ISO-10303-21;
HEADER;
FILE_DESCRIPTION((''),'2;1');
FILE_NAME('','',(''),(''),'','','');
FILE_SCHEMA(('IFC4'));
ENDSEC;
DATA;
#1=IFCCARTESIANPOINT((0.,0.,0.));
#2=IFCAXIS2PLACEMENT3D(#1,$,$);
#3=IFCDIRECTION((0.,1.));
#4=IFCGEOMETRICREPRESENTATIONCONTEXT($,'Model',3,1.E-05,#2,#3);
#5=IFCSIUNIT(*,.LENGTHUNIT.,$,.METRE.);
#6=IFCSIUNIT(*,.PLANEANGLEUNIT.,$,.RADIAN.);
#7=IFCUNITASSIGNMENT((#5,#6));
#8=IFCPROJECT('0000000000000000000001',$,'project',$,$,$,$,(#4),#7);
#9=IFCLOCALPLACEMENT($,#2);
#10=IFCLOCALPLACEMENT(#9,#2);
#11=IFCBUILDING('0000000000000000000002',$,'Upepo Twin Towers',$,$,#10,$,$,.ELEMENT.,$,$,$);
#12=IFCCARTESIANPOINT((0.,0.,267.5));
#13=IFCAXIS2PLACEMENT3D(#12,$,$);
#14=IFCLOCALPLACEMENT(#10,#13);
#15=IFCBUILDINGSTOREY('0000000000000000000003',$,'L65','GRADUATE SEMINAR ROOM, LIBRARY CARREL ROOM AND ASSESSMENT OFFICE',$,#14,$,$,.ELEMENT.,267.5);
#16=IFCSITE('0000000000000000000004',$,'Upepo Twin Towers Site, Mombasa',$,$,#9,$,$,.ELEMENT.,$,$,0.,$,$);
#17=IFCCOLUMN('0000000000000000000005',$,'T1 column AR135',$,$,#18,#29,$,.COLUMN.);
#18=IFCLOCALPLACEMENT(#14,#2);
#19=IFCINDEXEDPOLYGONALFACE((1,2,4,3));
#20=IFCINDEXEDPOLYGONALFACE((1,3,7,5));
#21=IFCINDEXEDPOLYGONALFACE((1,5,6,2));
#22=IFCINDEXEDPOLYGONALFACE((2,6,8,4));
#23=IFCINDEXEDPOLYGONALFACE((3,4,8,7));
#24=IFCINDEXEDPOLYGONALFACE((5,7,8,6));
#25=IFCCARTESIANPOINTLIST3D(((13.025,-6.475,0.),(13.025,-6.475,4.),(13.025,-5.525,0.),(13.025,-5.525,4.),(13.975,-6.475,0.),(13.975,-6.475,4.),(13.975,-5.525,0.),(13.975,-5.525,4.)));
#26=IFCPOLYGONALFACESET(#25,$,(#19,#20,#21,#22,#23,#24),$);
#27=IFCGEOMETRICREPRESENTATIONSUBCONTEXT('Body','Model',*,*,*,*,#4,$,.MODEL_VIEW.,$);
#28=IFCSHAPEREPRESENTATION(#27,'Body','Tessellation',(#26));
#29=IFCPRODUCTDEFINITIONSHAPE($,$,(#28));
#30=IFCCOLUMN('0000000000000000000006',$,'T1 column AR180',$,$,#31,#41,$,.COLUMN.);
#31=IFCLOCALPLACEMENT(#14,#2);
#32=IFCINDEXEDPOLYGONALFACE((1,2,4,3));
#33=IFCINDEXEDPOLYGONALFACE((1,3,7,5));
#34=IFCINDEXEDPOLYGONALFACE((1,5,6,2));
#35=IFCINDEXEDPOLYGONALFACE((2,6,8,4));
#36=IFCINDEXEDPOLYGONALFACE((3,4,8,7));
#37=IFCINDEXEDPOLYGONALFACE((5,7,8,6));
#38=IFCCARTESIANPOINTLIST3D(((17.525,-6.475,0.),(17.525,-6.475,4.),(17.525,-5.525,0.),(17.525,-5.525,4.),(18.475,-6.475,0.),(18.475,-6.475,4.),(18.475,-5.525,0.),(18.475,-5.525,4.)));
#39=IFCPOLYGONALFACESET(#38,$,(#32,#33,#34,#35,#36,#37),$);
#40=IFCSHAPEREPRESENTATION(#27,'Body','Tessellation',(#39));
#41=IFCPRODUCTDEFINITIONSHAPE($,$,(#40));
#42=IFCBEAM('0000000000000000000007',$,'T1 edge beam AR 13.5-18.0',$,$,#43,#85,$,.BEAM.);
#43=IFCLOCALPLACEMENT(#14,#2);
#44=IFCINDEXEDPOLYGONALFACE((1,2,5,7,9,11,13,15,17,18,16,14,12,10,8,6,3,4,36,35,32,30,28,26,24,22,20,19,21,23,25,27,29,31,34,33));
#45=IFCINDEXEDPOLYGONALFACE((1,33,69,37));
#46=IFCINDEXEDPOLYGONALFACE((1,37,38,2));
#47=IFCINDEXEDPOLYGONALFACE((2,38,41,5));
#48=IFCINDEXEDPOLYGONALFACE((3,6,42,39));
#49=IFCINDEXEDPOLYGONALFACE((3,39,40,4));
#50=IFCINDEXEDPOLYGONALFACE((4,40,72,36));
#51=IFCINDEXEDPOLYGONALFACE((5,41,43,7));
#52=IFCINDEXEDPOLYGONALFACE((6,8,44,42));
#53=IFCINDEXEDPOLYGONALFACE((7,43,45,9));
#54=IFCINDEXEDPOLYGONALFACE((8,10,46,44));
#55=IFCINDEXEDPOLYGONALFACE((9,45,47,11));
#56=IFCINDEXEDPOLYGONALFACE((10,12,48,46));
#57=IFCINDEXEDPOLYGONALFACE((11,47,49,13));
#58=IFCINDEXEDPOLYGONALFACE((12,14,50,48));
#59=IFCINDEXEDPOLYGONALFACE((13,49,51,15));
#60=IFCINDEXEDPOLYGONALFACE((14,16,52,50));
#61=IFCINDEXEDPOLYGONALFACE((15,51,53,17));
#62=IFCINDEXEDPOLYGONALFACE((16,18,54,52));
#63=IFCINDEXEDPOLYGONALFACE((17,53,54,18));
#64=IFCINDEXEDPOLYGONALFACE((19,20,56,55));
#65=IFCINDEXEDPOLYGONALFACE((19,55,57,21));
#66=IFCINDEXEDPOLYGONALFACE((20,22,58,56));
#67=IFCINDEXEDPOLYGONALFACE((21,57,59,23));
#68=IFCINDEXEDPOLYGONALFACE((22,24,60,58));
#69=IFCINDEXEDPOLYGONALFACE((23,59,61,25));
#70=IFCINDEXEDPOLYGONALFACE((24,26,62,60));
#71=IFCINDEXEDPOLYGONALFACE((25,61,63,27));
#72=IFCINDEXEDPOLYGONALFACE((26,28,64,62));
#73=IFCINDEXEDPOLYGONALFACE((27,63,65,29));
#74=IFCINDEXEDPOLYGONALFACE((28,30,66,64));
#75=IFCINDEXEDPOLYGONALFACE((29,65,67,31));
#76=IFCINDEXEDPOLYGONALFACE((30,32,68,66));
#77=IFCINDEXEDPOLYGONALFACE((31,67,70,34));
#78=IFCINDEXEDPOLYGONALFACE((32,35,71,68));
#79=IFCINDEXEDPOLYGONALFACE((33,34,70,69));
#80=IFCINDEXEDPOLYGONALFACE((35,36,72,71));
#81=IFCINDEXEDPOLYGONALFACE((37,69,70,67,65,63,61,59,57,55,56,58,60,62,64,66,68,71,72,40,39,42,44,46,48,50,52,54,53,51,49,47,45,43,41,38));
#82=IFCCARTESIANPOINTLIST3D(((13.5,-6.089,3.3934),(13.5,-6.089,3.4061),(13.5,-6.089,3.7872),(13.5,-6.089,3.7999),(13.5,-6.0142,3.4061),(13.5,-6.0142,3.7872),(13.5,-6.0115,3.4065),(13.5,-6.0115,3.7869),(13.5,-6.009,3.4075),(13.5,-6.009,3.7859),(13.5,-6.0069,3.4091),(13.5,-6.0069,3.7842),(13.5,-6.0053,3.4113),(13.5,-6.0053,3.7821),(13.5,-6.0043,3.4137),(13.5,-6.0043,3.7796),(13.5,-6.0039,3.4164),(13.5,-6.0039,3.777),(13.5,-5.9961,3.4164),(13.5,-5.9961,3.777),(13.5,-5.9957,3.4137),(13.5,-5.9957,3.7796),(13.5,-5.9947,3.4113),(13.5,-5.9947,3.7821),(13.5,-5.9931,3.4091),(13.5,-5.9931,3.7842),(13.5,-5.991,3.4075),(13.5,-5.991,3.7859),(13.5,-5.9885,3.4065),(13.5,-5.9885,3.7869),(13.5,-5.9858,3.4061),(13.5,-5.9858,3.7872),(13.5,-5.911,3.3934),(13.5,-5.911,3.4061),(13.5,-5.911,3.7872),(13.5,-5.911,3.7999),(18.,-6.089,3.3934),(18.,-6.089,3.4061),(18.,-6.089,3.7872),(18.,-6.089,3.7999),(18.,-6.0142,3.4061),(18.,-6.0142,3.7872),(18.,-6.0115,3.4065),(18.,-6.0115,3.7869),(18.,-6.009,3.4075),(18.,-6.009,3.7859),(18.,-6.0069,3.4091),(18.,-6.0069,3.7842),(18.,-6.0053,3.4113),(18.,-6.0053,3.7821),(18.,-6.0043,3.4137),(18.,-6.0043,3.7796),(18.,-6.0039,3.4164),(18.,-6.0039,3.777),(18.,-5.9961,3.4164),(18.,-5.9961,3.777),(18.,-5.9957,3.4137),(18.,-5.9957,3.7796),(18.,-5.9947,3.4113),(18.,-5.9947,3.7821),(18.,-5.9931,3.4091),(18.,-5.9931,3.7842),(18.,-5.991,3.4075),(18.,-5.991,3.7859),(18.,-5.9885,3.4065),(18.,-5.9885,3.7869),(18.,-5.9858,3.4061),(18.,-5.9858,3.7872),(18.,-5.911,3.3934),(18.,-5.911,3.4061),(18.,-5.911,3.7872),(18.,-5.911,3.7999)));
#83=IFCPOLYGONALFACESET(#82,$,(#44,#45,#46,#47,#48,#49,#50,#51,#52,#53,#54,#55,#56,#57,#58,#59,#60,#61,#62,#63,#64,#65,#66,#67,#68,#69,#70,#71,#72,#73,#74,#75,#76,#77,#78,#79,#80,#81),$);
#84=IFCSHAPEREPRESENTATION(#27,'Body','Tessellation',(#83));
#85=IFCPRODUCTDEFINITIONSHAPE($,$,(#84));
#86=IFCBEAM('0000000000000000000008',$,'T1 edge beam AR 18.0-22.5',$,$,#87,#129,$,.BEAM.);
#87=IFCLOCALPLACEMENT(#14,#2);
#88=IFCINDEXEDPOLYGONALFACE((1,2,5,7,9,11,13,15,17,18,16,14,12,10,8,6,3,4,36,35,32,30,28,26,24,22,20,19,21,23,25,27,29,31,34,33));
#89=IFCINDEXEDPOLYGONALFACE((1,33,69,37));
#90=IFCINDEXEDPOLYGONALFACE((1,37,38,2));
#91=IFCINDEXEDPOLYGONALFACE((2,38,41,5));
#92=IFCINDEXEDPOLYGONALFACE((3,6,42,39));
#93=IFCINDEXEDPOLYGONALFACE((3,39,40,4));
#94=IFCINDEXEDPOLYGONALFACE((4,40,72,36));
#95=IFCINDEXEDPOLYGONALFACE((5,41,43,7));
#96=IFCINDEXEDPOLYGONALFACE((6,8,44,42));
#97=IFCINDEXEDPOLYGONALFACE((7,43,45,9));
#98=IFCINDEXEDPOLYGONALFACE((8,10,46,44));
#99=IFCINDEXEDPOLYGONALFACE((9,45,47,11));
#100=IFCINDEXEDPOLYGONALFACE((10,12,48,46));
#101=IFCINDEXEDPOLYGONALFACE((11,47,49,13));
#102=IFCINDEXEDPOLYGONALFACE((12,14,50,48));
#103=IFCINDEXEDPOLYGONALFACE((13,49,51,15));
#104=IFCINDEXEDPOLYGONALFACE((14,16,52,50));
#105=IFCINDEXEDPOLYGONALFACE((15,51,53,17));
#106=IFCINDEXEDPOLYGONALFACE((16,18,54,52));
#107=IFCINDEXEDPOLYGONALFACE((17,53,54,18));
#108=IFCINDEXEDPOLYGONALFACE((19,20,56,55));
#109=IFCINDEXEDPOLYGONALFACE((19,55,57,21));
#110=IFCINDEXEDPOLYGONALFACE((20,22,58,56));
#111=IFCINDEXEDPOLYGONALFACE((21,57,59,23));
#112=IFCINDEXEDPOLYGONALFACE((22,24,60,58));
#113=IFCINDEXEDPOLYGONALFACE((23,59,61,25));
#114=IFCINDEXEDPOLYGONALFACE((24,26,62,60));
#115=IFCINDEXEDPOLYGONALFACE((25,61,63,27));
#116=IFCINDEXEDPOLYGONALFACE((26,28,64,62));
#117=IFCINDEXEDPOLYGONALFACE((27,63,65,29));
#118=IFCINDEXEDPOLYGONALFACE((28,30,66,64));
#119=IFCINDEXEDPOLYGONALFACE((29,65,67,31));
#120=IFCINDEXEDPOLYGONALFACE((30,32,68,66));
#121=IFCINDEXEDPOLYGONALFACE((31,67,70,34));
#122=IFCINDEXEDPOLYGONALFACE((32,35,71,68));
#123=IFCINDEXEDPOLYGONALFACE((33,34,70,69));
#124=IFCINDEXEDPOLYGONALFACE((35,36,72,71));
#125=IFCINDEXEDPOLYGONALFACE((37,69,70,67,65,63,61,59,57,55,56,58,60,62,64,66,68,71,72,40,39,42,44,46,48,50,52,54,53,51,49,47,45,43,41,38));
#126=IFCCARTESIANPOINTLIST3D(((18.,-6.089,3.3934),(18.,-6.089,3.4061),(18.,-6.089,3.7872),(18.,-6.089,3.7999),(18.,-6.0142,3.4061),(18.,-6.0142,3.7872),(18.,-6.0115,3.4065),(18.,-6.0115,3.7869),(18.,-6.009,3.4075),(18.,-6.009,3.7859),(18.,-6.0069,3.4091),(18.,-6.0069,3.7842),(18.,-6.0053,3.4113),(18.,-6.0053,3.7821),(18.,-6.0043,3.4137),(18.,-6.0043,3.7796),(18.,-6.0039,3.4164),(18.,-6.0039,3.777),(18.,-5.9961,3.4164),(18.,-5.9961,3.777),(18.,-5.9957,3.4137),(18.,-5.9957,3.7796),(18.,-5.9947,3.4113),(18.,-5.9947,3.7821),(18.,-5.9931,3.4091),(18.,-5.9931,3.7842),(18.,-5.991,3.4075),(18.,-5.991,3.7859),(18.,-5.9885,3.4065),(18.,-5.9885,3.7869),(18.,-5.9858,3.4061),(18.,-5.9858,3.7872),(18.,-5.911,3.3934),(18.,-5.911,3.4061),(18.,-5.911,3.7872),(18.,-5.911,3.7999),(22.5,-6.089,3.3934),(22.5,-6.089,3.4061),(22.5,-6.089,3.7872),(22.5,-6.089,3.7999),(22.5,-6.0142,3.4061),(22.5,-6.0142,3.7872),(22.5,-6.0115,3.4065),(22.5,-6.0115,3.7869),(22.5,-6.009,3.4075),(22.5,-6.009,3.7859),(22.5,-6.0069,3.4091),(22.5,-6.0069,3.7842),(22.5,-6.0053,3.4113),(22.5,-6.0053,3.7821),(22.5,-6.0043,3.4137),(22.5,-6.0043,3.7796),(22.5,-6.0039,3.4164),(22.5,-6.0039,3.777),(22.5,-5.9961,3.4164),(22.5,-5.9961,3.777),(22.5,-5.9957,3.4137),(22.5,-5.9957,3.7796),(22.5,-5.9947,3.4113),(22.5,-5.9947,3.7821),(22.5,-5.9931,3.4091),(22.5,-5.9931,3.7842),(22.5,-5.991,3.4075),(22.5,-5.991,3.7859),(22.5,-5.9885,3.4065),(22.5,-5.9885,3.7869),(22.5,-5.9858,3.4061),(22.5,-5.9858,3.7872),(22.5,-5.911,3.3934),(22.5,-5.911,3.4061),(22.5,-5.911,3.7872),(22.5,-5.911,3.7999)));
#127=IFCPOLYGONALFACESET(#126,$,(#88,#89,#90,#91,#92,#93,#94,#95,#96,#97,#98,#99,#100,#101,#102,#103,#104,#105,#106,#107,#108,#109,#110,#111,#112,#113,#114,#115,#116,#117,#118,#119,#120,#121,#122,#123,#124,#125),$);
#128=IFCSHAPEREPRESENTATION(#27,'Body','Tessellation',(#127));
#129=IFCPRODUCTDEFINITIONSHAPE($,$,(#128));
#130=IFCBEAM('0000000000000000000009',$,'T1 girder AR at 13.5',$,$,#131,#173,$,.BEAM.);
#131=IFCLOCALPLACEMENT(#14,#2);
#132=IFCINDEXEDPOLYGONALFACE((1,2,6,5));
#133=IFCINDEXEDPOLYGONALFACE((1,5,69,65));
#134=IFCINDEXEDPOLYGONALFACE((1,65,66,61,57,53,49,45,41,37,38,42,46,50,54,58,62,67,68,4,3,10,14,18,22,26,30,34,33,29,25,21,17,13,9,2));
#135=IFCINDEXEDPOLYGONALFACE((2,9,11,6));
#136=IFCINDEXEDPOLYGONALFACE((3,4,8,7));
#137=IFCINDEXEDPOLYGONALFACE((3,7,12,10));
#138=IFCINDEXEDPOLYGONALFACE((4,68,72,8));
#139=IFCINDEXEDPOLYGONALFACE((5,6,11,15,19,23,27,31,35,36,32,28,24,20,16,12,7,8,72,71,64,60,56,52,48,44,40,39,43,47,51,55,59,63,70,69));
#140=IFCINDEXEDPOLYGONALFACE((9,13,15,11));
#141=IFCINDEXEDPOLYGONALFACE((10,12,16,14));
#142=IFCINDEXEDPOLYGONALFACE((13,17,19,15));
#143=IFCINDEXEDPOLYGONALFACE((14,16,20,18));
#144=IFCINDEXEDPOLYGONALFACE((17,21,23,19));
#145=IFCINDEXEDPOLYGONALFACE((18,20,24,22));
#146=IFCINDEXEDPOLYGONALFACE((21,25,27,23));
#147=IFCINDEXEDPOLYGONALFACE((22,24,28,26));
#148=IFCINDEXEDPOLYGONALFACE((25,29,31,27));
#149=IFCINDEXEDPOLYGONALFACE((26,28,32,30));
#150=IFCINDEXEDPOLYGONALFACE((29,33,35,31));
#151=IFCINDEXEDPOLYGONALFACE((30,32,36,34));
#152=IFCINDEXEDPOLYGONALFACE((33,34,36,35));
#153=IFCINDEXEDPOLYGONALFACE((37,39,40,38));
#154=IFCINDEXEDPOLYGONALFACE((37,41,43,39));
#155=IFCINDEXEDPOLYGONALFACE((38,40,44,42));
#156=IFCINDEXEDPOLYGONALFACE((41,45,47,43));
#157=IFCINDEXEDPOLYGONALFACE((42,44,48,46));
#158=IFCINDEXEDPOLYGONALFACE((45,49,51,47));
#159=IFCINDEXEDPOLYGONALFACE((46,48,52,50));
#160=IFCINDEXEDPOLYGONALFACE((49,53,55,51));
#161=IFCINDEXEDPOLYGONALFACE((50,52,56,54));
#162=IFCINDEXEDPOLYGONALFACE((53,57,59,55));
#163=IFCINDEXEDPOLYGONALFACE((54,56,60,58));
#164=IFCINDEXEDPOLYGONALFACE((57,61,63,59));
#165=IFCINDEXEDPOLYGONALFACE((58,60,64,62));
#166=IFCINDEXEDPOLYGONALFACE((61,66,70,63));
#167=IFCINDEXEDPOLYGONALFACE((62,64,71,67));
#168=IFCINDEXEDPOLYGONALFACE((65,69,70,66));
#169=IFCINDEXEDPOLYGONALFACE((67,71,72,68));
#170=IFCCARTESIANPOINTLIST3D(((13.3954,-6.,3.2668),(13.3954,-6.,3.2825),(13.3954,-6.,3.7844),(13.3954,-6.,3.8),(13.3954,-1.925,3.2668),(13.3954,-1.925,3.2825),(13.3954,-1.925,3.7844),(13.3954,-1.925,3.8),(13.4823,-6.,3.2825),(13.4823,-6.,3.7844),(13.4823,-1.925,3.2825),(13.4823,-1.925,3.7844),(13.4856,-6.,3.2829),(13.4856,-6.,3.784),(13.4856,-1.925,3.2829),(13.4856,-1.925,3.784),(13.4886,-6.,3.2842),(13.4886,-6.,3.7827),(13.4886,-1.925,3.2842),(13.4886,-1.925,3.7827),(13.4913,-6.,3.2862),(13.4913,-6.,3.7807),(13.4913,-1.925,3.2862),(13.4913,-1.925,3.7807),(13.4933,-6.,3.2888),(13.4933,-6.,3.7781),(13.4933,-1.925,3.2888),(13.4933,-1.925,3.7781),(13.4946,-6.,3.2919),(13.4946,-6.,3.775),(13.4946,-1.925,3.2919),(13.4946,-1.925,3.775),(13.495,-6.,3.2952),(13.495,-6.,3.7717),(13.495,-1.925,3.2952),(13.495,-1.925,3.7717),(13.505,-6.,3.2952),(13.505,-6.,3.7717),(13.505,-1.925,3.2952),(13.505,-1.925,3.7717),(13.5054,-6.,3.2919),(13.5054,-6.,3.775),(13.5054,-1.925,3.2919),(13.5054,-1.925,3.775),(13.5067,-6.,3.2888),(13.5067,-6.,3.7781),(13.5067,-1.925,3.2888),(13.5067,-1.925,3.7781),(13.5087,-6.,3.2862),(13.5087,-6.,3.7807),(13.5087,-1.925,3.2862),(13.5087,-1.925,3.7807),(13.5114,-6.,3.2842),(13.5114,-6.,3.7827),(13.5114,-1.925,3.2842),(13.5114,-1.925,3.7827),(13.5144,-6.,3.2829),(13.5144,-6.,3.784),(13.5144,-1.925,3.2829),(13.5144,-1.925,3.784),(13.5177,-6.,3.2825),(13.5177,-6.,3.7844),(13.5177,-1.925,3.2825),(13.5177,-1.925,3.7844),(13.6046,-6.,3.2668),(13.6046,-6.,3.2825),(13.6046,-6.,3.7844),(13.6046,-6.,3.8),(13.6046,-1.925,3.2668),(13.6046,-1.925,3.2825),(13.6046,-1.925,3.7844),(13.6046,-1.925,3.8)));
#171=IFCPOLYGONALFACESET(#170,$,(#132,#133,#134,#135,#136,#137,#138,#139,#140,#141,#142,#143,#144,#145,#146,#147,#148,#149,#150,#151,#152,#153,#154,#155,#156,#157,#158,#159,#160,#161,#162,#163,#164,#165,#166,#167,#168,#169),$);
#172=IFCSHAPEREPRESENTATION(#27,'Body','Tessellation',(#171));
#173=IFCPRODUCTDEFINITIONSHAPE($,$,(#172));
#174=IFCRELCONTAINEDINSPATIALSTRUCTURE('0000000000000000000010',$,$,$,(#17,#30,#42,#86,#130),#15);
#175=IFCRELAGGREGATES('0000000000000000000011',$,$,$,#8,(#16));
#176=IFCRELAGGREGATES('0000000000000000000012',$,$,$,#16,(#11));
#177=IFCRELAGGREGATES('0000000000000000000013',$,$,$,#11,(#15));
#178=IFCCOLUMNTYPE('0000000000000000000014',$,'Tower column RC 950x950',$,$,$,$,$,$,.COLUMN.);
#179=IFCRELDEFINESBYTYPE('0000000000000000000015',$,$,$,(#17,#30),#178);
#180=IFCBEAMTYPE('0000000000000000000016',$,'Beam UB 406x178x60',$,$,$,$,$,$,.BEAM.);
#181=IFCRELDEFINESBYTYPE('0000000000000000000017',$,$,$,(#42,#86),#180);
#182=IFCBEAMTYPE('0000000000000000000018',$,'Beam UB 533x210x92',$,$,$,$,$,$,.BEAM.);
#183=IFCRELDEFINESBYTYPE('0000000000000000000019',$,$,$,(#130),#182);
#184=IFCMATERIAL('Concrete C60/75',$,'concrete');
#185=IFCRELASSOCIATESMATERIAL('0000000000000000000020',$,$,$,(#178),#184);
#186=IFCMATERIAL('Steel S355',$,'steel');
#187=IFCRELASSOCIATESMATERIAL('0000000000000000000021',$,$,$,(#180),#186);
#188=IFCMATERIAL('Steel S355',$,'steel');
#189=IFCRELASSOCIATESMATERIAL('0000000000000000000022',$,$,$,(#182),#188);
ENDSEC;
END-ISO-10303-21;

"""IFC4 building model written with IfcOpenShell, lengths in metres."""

from ifc_helpers import new_model, si_unit, direction, frame, origin, origin_2d, place, context, subcontext, project, spatial, rectangle, i_section, extrude, material, material_profile, profile_set, type_object, element, save


model = new_model("IFC4")

# Units and contexts
model_context = context("Model", 3, precision=1e-05, world=origin(), true_north=direction((0.0, 1.0)))
body_context = subcontext(model_context, "Body", "Model", "MODEL_VIEW")
ifc_project = project(units=[si_unit("LENGTHUNIT", "METRE"), si_unit("PLANEANGLEUNIT", "RADIAN")], contexts=[model_context])

# Site, building, storey
site_placement = place(None, origin())
site = spatial("IfcSite", under=ifc_project, at=site_placement, Name="Upepo Twin Towers Site, Mombasa", CompositionType="ELEMENT", RefElevation=0.0)
building_placement = place(site_placement, origin())
building = spatial("IfcBuilding", under=site, at=building_placement, Name="Upepo Twin Towers", CompositionType="ELEMENT")
storey_placement = place(building_placement, frame((0.0, 0.0, 267.5)))
storey = spatial("IfcBuildingStorey", under=building, at=storey_placement, Name="L65", Description="GRADUATE SEMINAR ROOM, LIBRARY CARREL ROOM AND ASSESSMENT OFFICE", CompositionType="ELEMENT", Elevation=267.5)

# Columns
ifc_material_1 = material(Name="Concrete C60/75", Category="concrete")
ifc_material_profile_1 = material_profile(ifc_material_1, rectangle(XDim=0.95, YDim=0.95, at=origin_2d()), Name="RC 950x950")
ifc_profile_set_1 = profile_set([ifc_material_profile_1], Name="Concrete C60/75")
column_type = type_object("IfcColumnType", Name="Tower column RC 950x950", PredefinedType="COLUMN", material=ifc_profile_set_1)
for number, where, z_axis, x_axis, name in (
    (1, (13.5, -6.0, 0.0), (0.0, 0.0, 1.0), (1.0, 0.0, 0.0), "T1 column AR135"),
    (2, (18.0, -6.0, 0.0), (0.0, 0.0, 1.0), (1.0, 0.0, 0.0), "T1 column AR180"),
):
    element("IfcColumn", number, at=place(storey_placement, frame(where, z_axis=z_axis, x_axis=x_axis)), inside=storey, type_object=column_type, Name=name, PredefinedType="COLUMN", context=body_context, shape_type="SweptSolid", body=[
        extrude(rectangle(XDim=0.95, YDim=0.95, at=origin_2d()), origin(), (0.0, 0.0, 1.0), 4.0),
    ])

# Beams
ifc_material_2 = material(Name="Steel S355", Category="steel")
ifc_material_profile_2 = material_profile(ifc_material_2, i_section(OverallWidth=0.178, OverallDepth=0.4065, WebThickness=0.0078, FlangeThickness=0.0127, FilletRadius=0.0103, at=origin_2d()), Name="UB 406x178x60")
ifc_profile_set_2 = profile_set([ifc_material_profile_2], Name="Steel S355")
beam_type_1 = type_object("IfcBeamType", Name="Beam UB 406x178x60", PredefinedType="BEAM", material=ifc_profile_set_2)
for number, where, z_axis, x_axis, name in (
    (3, (13.5, -6.0, 3.5967), (1.0, 0.0, 0.0), (0.0, 1.0, 0.0), "T1 edge beam AR 13.5-18.0"),
    (4, (18.0, -6.0, 3.5967), (1.0, 0.0, 0.0), (0.0, 1.0, 0.0), "T1 edge beam AR 18.0-22.5"),
):
    element("IfcBeam", number, at=place(storey_placement, frame(where, z_axis=z_axis, x_axis=x_axis)), inside=storey, type_object=beam_type_1, Name=name, PredefinedType="BEAM", context=body_context, shape_type="SweptSolid", body=[
        extrude(i_section(OverallWidth=0.178, OverallDepth=0.4065, WebThickness=0.0078, FlangeThickness=0.0127, FilletRadius=0.0103, at=origin_2d()), origin(), (0.0, 0.0, 1.0), 4.5),
    ])
ifc_material_3 = material(Name="Steel S355", Category="steel")
ifc_material_profile_3 = material_profile(ifc_material_3, i_section(OverallWidth=0.2092, OverallDepth=0.5332, WebThickness=0.01, FlangeThickness=0.0156, FilletRadius=0.0127, at=origin_2d()), Name="UB 533x210x92")
ifc_profile_set_3 = profile_set([ifc_material_profile_3], Name="Steel S355")
beam_type_2 = type_object("IfcBeamType", Name="Beam UB 533x210x92", PredefinedType="BEAM", material=ifc_profile_set_3)
for number, where, z_axis, x_axis, name in (
    (5, (13.5, -6.0, 3.5334), (0.0, 1.0, 0.0), (-1.0, 0.0, 0.0), "T1 girder AR at 13.5"),
):
    element("IfcBeam", number, at=place(storey_placement, frame(where, z_axis=z_axis, x_axis=x_axis)), inside=storey, type_object=beam_type_2, Name=name, PredefinedType="BEAM", context=body_context, shape_type="SweptSolid", body=[
        extrude(i_section(OverallWidth=0.2092, OverallDepth=0.5332, WebThickness=0.01, FlangeThickness=0.0156, FilletRadius=0.0127, at=origin_2d()), origin(), (0.0, 0.0, 1.0), 4.075),
    ])

save(model, "model.ifc")
